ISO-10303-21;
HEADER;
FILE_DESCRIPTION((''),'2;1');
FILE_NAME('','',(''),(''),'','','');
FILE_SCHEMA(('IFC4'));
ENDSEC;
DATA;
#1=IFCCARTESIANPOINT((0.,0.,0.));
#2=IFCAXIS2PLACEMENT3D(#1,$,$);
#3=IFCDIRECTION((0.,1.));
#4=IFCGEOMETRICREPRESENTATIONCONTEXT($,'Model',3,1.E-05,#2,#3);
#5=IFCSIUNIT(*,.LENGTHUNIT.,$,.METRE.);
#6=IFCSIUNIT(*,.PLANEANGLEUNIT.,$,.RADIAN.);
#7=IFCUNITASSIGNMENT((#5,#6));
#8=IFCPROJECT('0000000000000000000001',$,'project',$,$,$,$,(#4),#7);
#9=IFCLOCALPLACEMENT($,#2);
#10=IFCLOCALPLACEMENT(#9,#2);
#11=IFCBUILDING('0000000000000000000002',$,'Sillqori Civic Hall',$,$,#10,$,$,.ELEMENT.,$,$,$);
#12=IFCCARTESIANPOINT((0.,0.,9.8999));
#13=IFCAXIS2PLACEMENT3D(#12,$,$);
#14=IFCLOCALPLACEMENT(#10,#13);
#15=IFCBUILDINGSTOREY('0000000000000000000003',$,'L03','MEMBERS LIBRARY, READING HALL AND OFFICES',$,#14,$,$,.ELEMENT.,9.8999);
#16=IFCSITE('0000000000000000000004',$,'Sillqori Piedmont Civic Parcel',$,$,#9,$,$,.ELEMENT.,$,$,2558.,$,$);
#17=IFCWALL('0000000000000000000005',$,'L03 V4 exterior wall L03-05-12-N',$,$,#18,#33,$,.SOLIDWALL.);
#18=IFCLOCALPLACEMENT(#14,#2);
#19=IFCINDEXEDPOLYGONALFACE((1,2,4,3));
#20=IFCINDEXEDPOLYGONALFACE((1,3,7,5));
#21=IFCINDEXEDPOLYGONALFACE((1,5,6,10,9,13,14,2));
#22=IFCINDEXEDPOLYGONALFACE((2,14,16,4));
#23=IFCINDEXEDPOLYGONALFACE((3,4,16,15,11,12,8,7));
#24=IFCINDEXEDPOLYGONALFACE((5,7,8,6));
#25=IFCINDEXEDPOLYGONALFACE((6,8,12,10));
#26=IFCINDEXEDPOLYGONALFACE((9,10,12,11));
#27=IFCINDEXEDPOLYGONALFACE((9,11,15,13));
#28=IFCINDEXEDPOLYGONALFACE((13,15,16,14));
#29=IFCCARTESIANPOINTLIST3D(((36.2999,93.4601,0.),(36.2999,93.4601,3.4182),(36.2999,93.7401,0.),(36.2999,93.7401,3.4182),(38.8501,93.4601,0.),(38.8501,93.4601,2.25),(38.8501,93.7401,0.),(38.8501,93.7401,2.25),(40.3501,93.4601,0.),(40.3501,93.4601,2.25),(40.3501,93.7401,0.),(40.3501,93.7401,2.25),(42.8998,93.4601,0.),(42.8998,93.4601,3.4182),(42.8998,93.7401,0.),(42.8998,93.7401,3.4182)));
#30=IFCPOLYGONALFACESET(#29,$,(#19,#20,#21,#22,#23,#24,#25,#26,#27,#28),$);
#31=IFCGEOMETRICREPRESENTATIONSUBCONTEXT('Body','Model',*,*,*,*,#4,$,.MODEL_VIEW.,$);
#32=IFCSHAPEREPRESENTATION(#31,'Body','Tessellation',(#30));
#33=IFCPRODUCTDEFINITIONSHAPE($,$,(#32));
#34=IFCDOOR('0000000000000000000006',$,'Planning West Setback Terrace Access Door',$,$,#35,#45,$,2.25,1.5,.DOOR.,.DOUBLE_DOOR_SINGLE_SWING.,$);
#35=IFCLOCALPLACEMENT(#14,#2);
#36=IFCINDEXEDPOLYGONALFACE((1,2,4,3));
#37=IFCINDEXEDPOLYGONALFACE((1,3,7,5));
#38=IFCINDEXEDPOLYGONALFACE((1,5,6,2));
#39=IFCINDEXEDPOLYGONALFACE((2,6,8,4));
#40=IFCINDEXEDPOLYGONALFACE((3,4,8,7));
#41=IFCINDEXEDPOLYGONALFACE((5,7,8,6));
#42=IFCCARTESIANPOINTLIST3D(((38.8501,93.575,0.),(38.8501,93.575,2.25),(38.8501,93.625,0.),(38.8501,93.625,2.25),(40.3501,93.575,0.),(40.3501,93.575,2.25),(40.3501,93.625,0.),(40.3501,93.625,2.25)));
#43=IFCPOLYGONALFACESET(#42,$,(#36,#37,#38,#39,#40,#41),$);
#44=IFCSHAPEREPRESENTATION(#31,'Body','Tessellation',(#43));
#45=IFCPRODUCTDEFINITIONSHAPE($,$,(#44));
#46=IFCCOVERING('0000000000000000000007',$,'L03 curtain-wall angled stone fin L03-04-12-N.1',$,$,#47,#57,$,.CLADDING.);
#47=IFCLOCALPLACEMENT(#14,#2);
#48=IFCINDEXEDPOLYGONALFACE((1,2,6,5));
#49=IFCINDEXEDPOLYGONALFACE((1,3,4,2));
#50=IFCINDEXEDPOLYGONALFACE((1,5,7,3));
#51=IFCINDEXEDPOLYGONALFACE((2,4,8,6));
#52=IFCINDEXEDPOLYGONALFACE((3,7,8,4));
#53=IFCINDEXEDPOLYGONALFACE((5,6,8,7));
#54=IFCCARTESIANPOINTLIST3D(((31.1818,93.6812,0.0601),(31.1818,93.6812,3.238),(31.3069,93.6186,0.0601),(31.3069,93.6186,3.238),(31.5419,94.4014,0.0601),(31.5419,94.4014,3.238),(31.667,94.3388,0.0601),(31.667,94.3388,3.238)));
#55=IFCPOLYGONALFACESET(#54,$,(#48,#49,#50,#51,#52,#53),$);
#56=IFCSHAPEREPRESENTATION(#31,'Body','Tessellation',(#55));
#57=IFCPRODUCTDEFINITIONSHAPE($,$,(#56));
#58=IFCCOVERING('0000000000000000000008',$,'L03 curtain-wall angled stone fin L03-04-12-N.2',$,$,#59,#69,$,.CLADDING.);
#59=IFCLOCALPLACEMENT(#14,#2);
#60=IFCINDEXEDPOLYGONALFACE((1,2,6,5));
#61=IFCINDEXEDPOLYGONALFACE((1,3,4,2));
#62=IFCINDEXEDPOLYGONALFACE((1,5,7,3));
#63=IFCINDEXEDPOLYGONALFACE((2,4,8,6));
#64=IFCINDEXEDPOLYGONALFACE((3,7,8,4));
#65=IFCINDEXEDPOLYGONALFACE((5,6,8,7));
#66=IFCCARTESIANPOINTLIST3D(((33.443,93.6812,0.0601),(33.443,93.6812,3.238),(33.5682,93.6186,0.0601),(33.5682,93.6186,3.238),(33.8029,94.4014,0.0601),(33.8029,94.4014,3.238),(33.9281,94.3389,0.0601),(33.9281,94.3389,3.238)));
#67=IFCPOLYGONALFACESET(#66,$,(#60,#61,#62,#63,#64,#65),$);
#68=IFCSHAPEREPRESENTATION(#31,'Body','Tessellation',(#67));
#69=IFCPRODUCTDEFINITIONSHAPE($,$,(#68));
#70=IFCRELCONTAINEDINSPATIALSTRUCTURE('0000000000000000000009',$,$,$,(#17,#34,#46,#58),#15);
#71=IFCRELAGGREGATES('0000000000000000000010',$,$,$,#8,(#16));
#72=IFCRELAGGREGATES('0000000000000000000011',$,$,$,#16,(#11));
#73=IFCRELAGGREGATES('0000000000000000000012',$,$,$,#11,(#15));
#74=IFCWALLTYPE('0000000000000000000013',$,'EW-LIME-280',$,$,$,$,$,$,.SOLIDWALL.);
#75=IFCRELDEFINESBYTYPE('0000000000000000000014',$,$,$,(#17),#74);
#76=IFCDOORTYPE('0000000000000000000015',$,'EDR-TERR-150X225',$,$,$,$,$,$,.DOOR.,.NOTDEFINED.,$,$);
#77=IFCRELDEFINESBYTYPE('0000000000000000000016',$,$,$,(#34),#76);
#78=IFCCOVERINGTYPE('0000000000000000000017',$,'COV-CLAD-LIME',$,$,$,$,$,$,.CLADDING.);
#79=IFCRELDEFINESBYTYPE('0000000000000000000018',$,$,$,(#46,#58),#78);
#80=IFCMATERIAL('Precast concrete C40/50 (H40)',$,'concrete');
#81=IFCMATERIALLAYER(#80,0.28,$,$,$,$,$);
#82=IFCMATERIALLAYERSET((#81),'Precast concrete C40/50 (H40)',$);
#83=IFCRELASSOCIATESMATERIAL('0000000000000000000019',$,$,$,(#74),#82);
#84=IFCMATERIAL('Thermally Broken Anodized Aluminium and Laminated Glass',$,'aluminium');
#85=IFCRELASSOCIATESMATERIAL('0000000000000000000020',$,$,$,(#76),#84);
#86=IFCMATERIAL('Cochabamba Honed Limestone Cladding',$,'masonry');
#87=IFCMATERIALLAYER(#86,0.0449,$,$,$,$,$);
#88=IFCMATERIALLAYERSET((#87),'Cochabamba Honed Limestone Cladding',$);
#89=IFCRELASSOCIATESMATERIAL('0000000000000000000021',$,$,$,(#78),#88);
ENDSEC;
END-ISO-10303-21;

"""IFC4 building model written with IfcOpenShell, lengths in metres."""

from ifc_helpers import new_model, si_unit, direction, frame, frame_2d, origin, place, context, subcontext, project, spatial, rectangle, extrude, material, layer, layer_set, type_object, element, fill, save


model = new_model("IFC4")

# Units and contexts
model_context = context("Model", 3, precision=1e-05, world=origin(), true_north=direction((0.0, 1.0)))
body_context = subcontext(model_context, "Body", "Model", "MODEL_VIEW")
ifc_project = project(units=[si_unit("LENGTHUNIT", "METRE"), si_unit("PLANEANGLEUNIT", "RADIAN")], contexts=[model_context])

# Site, building, storey
site_placement = place(None, origin())
site = spatial("IfcSite", under=ifc_project, at=site_placement, Name="Sillqori Piedmont Civic Parcel", CompositionType="ELEMENT", RefElevation=2558.0)
building_placement = place(site_placement, origin())
building = spatial("IfcBuilding", under=site, at=building_placement, Name="Sillqori Civic Hall", CompositionType="ELEMENT")
storey_placement = place(building_placement, frame((0.0, 0.0, 9.8999)))
storey = spatial("IfcBuildingStorey", under=building, at=storey_placement, Name="L03", Description="MEMBERS LIBRARY, READING HALL AND OFFICES", CompositionType="ELEMENT", Elevation=9.8999)

# Wall, opening, door
ifc_material_1 = material(Name="Precast concrete C40/50 (H40)", Category="concrete")
ifc_layer_1 = layer(ifc_material_1, 0.28)
ifc_layer_set_1 = layer_set([ifc_layer_1], Name="Precast concrete C40/50 (H40)")
wall_type = type_object("IfcWallType", Name="EW-LIME-280", PredefinedType="SOLIDWALL", material=ifc_layer_set_1)
wall_placement = place(storey_placement, frame((36.3, 93.6001, 0.0), z_axis=(0.0, 0.0, 1.0), x_axis=(1.0, 0.0, 0.0)))
wall = element("IfcWall", 1, at=wall_placement, inside=storey, type_object=wall_type, Name="L03 V4 exterior wall L03-05-12-N", PredefinedType="SOLIDWALL", context=body_context, shape_type="SweptSolid", body=[
    extrude(rectangle(XDim=6.5999, YDim=0.28, at=frame_2d((3.2998, 0.0))), origin(), (0.0, 0.0, 1.0), 3.4182),
])
opening_placement = place(wall_placement, frame((2.55, 0.0, 0.0)))
opening = element("IfcOpeningElement", 2, at=opening_placement, cuts=wall, PredefinedType="OPENING", context=body_context, shape_type="SweptSolid", body=[
    extrude(rectangle(XDim=1.5, YDim=2.25, at=frame_2d((0.75, 1.125))), frame((0.0, 0.1499, 0.0), z_axis=(0.0, -1.0, 0.0), x_axis=(1.0, 0.0, 0.0)), (0.0, 0.0, 1.0), 0.3),
])
ifc_material_2 = material(Name="Thermally Broken Anodized Aluminium and Laminated Glass", Category="aluminium")
door_type = type_object("IfcDoorType", Name="EDR-TERR-150X225", OperationType="NOTDEFINED", PredefinedType="DOOR", material=ifc_material_2)
door_placement = place(opening_placement, origin())
door = element("IfcDoor", 3, at=door_placement, inside=storey, type_object=door_type, Name="Planning West Setback Terrace Access Door", OperationType="DOUBLE_DOOR_SINGLE_SWING", OverallHeight=2.25, OverallWidth=1.5, PredefinedType="DOOR", context=body_context, shape_type="SweptSolid", body=[
    extrude(rectangle(XDim=1.5, YDim=2.25, at=frame_2d((0.75, 1.125))), frame((0.0, 0.0249, 0.0), z_axis=(0.0, -1.0, 0.0), x_axis=(1.0, 0.0, 0.0)), (0.0, 0.0, 1.0), 0.05),
])
fill(opening, door)

# Coverings
ifc_material_3 = material(Name="Cochabamba Honed Limestone Cladding", Category="masonry")
ifc_layer_2 = layer(ifc_material_3, 0.0449)
ifc_layer_set_2 = layer_set([ifc_layer_2], Name="Cochabamba Honed Limestone Cladding")
covering_type = type_object("IfcCoveringType", Name="COV-CLAD-LIME", PredefinedType="CLADDING", material=ifc_layer_set_2)
for number, where, z_axis, x_axis, name in (
    (4, (31.2444, 93.6499, 0.0601), (0.0, 0.0, 1.0), (0.447214, 0.894427, 0.0), "L03 curtain-wall angled stone fin L03-04-12-N.1"),
    (5, (33.5056, 93.6499, 0.0601), (0.0, 0.0, 1.0), (0.446971, 0.894548, 0.0), "L03 curtain-wall angled stone fin L03-04-12-N.2"),
):
    element("IfcCovering", number, at=place(storey_placement, frame(where, z_axis=z_axis, x_axis=x_axis)), inside=storey, type_object=covering_type, Name=name, PredefinedType="CLADDING", context=body_context, shape_type="SweptSolid", body=[
        extrude(rectangle(XDim=0.8052, YDim=0.1399, at=frame_2d((0.4026, 0.0))), origin(), (0.0, 0.0, 1.0), 3.178),
    ])

save(model, "model.ifc")
